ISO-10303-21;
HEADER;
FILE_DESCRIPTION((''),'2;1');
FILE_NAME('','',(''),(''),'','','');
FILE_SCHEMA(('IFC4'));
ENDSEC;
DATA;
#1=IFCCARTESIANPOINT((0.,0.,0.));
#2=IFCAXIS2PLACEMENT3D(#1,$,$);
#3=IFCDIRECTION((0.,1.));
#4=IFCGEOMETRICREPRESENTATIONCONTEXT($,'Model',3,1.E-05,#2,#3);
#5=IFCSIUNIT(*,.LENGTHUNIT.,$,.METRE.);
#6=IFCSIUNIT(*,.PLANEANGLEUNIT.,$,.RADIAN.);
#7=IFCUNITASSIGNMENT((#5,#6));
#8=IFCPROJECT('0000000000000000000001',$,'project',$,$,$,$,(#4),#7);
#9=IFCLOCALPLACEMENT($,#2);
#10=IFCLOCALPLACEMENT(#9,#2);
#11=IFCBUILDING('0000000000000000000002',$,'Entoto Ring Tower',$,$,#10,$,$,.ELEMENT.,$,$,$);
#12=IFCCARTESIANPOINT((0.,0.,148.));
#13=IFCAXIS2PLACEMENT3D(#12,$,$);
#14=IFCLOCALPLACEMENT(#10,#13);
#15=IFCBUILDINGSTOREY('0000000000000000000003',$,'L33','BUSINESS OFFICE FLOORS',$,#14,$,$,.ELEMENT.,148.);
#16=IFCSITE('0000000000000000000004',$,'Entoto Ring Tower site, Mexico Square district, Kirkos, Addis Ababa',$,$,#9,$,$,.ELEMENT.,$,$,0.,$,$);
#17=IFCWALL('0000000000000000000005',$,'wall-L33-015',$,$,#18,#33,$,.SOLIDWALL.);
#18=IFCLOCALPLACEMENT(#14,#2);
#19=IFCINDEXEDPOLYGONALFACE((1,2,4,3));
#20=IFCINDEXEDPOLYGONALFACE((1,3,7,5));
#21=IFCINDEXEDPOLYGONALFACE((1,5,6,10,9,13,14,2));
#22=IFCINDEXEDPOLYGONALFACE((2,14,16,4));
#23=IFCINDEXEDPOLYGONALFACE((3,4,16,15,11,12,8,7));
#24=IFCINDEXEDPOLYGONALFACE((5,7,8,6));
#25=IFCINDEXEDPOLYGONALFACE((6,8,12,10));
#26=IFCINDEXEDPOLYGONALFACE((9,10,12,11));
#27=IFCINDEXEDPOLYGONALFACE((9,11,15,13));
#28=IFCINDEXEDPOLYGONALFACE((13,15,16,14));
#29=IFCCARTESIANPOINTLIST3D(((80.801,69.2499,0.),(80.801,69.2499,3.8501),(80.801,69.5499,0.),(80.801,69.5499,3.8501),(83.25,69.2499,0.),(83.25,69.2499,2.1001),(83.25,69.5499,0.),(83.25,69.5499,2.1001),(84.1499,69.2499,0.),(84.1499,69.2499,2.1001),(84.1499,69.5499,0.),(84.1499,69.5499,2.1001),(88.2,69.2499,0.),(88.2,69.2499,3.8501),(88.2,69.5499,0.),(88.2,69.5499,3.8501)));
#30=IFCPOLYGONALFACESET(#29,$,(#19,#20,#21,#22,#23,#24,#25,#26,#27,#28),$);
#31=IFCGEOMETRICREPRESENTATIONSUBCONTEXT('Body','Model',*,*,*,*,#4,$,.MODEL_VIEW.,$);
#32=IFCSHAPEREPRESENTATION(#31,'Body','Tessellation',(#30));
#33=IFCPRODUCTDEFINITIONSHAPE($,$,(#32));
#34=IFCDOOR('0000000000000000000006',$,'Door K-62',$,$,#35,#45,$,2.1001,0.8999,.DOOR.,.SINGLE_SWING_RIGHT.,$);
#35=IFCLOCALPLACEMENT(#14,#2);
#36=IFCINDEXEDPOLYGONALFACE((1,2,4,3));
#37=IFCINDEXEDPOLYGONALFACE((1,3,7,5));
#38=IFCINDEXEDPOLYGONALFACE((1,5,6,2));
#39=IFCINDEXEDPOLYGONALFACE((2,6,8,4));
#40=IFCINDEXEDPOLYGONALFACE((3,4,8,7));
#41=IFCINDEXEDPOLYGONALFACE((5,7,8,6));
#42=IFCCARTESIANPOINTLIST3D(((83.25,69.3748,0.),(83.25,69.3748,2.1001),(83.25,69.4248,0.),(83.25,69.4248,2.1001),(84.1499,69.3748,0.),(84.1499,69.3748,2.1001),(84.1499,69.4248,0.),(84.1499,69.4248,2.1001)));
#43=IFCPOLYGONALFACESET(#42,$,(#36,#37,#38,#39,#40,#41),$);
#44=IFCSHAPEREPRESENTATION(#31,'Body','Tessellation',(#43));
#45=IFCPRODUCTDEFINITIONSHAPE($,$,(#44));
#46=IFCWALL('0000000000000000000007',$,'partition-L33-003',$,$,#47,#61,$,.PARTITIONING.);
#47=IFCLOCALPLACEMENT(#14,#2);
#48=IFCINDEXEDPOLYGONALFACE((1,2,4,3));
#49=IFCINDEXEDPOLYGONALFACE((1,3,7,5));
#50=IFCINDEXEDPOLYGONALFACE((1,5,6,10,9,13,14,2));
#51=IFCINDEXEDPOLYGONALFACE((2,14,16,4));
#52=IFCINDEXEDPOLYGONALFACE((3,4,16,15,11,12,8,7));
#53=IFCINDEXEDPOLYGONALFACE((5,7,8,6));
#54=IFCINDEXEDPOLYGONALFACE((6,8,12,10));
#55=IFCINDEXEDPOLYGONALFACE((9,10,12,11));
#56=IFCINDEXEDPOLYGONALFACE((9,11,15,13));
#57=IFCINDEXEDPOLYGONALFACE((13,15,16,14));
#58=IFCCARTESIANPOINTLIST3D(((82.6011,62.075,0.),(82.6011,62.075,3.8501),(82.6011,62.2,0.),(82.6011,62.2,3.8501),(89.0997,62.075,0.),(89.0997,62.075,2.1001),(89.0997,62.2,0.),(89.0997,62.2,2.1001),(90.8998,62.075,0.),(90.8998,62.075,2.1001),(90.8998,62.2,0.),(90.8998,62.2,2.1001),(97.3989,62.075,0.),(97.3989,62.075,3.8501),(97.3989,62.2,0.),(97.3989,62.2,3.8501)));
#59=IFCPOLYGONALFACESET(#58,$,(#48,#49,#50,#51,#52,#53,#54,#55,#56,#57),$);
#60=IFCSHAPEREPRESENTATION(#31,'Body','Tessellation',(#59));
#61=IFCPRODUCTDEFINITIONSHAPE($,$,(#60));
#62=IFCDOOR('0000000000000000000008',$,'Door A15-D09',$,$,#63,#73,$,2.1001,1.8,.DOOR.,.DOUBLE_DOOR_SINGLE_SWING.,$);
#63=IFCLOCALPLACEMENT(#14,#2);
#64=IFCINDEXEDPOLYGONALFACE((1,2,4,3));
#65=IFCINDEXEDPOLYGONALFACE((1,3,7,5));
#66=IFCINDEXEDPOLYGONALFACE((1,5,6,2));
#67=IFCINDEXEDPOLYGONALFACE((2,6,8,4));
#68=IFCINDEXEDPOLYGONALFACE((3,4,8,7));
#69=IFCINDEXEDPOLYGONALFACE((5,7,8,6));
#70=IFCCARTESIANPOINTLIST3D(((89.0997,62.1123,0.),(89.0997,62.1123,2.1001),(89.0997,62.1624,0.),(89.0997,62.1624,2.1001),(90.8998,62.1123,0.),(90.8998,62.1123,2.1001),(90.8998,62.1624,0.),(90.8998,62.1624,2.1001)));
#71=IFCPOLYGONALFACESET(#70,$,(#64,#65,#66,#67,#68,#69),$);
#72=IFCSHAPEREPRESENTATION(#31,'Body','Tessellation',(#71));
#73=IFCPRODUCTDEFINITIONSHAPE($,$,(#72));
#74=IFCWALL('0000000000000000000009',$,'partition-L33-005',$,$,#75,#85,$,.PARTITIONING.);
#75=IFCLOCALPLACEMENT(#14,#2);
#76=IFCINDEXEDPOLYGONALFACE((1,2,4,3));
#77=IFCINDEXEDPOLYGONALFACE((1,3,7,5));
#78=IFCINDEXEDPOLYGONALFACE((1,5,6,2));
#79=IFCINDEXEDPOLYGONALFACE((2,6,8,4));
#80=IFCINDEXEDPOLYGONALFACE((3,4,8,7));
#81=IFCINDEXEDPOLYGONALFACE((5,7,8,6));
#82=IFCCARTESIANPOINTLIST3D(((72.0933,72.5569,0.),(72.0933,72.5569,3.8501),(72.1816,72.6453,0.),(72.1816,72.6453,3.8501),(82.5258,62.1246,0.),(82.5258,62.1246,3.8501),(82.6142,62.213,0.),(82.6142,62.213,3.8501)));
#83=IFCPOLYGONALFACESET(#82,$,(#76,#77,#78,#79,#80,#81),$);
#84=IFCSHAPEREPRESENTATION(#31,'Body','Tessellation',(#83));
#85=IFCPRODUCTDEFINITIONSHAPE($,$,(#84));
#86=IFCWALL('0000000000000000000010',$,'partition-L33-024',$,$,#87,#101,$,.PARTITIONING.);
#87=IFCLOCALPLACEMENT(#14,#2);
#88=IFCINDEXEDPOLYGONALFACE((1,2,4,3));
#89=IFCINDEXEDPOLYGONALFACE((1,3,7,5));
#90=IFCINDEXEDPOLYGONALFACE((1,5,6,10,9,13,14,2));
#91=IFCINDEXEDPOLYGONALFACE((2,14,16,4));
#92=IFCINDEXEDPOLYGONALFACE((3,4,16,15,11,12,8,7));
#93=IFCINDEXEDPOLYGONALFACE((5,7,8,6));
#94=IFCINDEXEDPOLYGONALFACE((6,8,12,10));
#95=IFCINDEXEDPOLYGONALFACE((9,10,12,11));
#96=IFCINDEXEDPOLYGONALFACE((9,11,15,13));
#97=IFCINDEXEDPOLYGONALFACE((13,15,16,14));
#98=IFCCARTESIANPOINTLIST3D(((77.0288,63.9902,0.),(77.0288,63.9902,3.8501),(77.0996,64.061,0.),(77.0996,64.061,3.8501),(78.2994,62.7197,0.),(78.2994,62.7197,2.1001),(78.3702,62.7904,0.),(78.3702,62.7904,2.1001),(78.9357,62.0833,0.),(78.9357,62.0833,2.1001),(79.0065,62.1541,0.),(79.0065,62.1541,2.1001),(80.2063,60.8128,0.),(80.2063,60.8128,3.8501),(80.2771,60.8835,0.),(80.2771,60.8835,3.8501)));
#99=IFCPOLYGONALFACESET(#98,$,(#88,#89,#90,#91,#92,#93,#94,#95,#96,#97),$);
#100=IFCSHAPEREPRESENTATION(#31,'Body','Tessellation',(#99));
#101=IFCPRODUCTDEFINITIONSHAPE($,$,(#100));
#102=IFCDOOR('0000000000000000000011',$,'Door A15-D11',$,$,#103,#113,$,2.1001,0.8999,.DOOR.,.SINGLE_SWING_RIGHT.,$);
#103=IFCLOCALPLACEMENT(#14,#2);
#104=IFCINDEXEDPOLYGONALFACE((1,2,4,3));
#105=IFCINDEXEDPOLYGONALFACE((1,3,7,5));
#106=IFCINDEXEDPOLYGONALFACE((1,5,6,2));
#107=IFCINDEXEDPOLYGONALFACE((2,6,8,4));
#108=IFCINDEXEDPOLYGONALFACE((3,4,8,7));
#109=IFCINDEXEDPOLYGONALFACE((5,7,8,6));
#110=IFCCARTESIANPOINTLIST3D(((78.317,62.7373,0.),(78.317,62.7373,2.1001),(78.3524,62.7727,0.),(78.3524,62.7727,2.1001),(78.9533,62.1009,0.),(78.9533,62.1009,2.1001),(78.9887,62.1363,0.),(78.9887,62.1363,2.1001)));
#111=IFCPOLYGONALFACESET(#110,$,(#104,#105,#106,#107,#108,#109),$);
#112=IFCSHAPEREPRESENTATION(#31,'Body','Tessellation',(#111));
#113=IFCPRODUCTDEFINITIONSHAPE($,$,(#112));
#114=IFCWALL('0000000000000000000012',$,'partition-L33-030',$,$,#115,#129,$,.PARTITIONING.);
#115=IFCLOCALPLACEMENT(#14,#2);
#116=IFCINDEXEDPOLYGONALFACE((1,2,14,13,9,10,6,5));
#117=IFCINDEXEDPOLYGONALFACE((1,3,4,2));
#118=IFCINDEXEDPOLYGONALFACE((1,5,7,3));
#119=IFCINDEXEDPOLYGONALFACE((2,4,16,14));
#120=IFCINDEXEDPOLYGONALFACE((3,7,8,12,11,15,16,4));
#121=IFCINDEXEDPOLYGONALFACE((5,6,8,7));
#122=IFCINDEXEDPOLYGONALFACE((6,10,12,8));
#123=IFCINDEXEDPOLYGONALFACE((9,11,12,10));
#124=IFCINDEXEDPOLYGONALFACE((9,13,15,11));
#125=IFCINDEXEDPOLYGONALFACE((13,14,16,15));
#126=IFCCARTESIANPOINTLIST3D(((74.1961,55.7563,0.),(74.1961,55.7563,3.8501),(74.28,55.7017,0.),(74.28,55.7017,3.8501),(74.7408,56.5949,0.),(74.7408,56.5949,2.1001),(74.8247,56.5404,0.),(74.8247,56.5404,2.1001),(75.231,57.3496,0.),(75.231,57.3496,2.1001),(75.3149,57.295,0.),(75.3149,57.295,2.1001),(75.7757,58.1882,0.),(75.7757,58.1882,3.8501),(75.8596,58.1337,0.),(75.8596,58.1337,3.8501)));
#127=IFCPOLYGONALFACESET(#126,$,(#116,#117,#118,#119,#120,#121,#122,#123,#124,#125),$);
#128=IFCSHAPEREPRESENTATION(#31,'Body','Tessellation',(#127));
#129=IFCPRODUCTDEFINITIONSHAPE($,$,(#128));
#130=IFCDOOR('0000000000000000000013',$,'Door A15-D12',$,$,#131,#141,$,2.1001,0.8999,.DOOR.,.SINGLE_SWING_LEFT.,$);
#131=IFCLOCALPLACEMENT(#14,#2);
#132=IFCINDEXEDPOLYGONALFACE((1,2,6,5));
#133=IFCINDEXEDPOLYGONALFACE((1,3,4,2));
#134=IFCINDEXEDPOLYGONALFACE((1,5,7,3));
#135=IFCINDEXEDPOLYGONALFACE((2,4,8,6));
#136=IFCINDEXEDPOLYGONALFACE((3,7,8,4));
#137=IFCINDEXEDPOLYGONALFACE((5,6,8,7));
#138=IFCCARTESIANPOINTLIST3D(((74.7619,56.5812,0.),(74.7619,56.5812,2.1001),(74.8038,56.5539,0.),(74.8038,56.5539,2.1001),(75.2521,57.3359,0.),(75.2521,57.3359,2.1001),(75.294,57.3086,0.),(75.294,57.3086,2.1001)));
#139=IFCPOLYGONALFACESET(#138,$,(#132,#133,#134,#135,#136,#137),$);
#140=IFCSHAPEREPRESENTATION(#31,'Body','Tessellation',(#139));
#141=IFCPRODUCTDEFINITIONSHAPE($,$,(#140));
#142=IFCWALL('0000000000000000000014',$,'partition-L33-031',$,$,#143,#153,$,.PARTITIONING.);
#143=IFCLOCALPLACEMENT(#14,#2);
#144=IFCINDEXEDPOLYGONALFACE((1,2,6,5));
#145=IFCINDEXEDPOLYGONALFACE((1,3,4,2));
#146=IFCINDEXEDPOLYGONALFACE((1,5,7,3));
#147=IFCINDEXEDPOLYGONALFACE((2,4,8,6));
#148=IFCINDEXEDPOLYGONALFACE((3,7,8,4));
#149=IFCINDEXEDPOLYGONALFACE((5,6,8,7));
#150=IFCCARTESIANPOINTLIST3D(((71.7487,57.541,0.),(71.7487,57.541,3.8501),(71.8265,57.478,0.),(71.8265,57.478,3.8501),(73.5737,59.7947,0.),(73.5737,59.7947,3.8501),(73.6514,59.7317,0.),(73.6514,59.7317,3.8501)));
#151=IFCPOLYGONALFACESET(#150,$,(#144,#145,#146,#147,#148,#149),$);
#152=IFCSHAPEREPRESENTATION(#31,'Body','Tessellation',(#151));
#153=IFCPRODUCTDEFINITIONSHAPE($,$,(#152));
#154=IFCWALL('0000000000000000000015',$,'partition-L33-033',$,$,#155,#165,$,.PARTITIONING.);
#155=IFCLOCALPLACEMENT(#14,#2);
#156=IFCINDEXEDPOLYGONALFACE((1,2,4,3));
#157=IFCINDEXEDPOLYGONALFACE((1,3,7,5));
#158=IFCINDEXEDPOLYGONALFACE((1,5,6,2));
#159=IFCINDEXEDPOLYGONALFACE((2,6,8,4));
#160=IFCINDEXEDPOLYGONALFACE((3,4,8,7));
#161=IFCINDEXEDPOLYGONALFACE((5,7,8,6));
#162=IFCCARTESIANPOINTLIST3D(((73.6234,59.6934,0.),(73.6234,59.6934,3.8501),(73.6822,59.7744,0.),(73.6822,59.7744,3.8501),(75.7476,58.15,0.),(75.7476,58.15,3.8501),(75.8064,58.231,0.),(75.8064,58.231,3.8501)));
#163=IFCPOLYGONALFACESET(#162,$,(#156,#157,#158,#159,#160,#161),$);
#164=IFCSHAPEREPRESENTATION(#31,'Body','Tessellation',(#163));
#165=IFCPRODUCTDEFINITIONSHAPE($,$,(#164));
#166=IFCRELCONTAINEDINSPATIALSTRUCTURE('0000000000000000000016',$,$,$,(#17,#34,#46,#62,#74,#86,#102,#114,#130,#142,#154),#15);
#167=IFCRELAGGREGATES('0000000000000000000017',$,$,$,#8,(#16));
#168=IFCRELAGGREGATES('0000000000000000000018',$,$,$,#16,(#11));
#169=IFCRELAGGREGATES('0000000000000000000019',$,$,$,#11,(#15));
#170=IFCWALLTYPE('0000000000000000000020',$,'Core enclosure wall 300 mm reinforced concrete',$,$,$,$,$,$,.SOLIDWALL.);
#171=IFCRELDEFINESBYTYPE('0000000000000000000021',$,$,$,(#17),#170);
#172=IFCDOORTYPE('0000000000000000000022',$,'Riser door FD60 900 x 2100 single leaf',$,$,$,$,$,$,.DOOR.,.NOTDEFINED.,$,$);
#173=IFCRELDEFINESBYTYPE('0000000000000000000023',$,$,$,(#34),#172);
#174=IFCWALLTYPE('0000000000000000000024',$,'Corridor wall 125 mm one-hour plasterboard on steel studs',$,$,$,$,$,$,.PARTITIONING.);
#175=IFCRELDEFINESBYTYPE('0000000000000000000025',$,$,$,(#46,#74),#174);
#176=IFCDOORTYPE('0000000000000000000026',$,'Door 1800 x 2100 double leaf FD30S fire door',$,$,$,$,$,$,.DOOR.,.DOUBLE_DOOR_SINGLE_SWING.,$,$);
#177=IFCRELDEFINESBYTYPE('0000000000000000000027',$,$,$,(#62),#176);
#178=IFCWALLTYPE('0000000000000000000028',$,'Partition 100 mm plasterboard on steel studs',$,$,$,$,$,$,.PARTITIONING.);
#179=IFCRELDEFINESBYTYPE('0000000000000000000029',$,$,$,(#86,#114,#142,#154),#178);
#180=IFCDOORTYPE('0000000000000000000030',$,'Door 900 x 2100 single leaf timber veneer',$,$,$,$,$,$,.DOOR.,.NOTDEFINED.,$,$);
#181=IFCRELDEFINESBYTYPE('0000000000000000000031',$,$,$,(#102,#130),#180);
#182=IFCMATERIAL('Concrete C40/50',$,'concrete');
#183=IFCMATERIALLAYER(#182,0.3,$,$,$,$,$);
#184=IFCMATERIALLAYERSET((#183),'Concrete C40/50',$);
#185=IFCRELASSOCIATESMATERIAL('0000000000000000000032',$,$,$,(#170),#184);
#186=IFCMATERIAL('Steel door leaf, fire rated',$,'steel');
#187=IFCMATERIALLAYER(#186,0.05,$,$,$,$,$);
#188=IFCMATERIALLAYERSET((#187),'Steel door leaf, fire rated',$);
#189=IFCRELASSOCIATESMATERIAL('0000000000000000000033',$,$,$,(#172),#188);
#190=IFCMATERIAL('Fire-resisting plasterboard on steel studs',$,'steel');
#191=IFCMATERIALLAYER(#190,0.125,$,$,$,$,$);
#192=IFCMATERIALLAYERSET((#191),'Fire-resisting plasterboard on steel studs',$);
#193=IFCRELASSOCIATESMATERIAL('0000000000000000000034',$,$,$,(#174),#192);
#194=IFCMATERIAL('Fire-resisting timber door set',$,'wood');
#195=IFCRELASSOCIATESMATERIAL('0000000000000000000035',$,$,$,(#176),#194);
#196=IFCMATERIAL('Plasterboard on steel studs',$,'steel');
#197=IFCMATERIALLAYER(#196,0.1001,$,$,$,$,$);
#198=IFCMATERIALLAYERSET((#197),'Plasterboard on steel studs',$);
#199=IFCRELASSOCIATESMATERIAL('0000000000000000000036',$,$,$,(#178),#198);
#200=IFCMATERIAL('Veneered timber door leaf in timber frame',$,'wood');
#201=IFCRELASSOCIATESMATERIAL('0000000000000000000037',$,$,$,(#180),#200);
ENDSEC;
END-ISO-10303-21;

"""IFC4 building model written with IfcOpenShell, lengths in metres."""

from ifc_helpers import new_model, si_unit, direction, frame, frame_2d, origin, place, context, subcontext, project, spatial, rectangle, extrude, material, layer, layer_set, type_object, element, fill, save


model = new_model("IFC4")

# Units and contexts
model_context = context("Model", 3, precision=1e-05, world=origin(), true_north=direction((0.0, 1.0)))
body_context = subcontext(model_context, "Body", "Model", "MODEL_VIEW")
ifc_project = project(units=[si_unit("LENGTHUNIT", "METRE"), si_unit("PLANEANGLEUNIT", "RADIAN")], contexts=[model_context])

# Site, building, storey
site_placement = place(None, origin())
site = spatial("IfcSite", under=ifc_project, at=site_placement, Name="Entoto Ring Tower site, Mexico Square district, Kirkos, Addis Ababa", CompositionType="ELEMENT", RefElevation=0.0)
building_placement = place(site_placement, origin())
building = spatial("IfcBuilding", under=site, at=building_placement, Name="Entoto Ring Tower", CompositionType="ELEMENT")
storey_placement = place(building_placement, frame((0.0, 0.0, 148.0)))
storey = spatial("IfcBuildingStorey", under=building, at=storey_placement, Name="L33", Description="BUSINESS OFFICE FLOORS", CompositionType="ELEMENT", Elevation=148.0)

# Walls, openings, doors
ifc_material_1 = material(Name="Concrete C40/50", Category="concrete")
ifc_layer_1 = layer(ifc_material_1, 0.3)
ifc_layer_set_1 = layer_set([ifc_layer_1], Name="Concrete C40/50")
wall_type_1 = type_object("IfcWallType", Name="Core enclosure wall 300 mm reinforced concrete", PredefinedType="SOLIDWALL", material=ifc_layer_set_1)
wall_1_placement = place(storey_placement, frame((80.801, 69.3999, 0.0), z_axis=(0.0, 0.0, 1.0), x_axis=(1.0, 0.0, 0.0)))
wall_1 = element("IfcWall", 1, at=wall_1_placement, inside=storey, type_object=wall_type_1, Name="wall-L33-015", PredefinedType="SOLIDWALL", context=body_context, shape_type="SweptSolid", body=[
    extrude(rectangle(XDim=7.3989, YDim=0.3, at=frame_2d((3.6995, 0.0))), origin(), (0.0, 0.0, 1.0), 3.8501),
])
opening_1_placement = place(wall_1_placement, frame((2.449, 0.0, 0.0)))
opening_1 = element("IfcOpeningElement", 2, at=opening_1_placement, cuts=wall_1, PredefinedType="OPENING", context=body_context, shape_type="SweptSolid", body=[
    extrude(rectangle(XDim=0.8999, YDim=2.1001, at=frame_2d((0.45, 1.05))), frame((0.0, 0.1602, 0.0), z_axis=(0.0, -1.0, 0.0), x_axis=(1.0, 0.0, 0.0)), (0.0, 0.0, 1.0), 0.3201),
])
ifc_material_2 = material(Name="Steel door leaf, fire rated", Category="steel")
ifc_layer_2 = layer(ifc_material_2, 0.05)
ifc_layer_set_2 = layer_set([ifc_layer_2], Name="Steel door leaf, fire rated")
door_type_1 = type_object("IfcDoorType", Name="Riser door FD60 900 x 2100 single leaf", OperationType="NOTDEFINED", PredefinedType="DOOR", material=ifc_layer_set_2)
door_1_placement = place(opening_1_placement, origin())
door_1 = element("IfcDoor", 3, at=door_1_placement, inside=storey, type_object=door_type_1, Name="Door K-62", OperationType="SINGLE_SWING_RIGHT", OverallHeight=2.1001, OverallWidth=0.8999, PredefinedType="DOOR", context=body_context, shape_type="SweptSolid", body=[
    extrude(rectangle(XDim=0.8999, YDim=2.1001, at=frame_2d((0.45, 1.05))), frame((0.0, 0.0249, 0.0), z_axis=(0.0, -1.0, 0.0), x_axis=(1.0, 0.0, 0.0)), (0.0, 0.0, 1.0), 0.05),
])
fill(opening_1, door_1)
ifc_material_3 = material(Name="Fire-resisting plasterboard on steel studs", Category="steel")
ifc_layer_3 = layer(ifc_material_3, 0.125)
ifc_layer_set_3 = layer_set([ifc_layer_3], Name="Fire-resisting plasterboard on steel studs")
wall_type_2 = type_object("IfcWallType", Name="Corridor wall 125 mm one-hour plasterboard on steel studs", PredefinedType="PARTITIONING", material=ifc_layer_set_3)
wall_2_placement = place(storey_placement, frame((82.6011, 62.1375, 0.0), z_axis=(0.0, 0.0, 1.0), x_axis=(1.0, 0.0, 0.0)))
wall_2 = element("IfcWall", 4, at=wall_2_placement, inside=storey, type_object=wall_type_2, Name="partition-L33-003", PredefinedType="PARTITIONING", context=body_context, shape_type="SweptSolid", body=[
    extrude(rectangle(XDim=14.7979, YDim=0.125, at=frame_2d((7.3989, 0.0))), origin(), (0.0, 0.0, 1.0), 3.8501),
])
opening_2_placement = place(wall_2_placement, frame((6.4988, 0.0, 0.0)))
opening_2 = element("IfcOpeningElement", 5, at=opening_2_placement, cuts=wall_2, PredefinedType="OPENING", context=body_context, shape_type="SweptSolid", body=[
    extrude(rectangle(XDim=1.8, YDim=2.1001, at=frame_2d((0.8999, 1.05))), frame((0.0, 0.0725, 0.0), z_axis=(0.0, -1.0, 0.0), x_axis=(1.0, 0.0, 0.0)), (0.0, 0.0, 1.0), 0.145),
])
ifc_material_4 = material(Name="Fire-resisting timber door set", Category="wood")
door_type_2 = type_object("IfcDoorType", Name="Door 1800 x 2100 double leaf FD30S fire door", OperationType="DOUBLE_DOOR_SINGLE_SWING", PredefinedType="DOOR", material=ifc_material_4)
door_2_placement = place(opening_2_placement, origin())
door_2 = element("IfcDoor", 6, at=door_2_placement, inside=storey, type_object=door_type_2, Name="Door A15-D09", OperationType="DOUBLE_DOOR_SINGLE_SWING", OverallHeight=2.1001, OverallWidth=1.8, PredefinedType="DOOR", context=body_context, shape_type="SweptSolid", body=[
    extrude(rectangle(XDim=1.8, YDim=2.1001, at=frame_2d((0.8999, 1.05))), frame((0.0, 0.0249, 0.0), z_axis=(0.0, -1.0, 0.0), x_axis=(1.0, 0.0, 0.0)), (0.0, 0.0, 1.0), 0.05),
])
fill(opening_2, door_2)

# Wall
wall_3_placement = place(storey_placement, frame((82.5701, 62.1687, 0.0), z_axis=(0.0, 0.0, 1.0), x_axis=(-0.707115, 0.707099, 0.0)))
element("IfcWall", 7, at=wall_3_placement, inside=storey, type_object=wall_type_2, Name="partition-L33-005", PredefinedType="PARTITIONING", context=body_context, shape_type="SweptSolid", body=[
    extrude(rectangle(XDim=14.7537, YDim=0.125, at=frame_2d((7.377, 0.0))), origin(), (0.0, 0.0, 1.0), 3.8501),
])

# Walls, openings, doors
ifc_material_5 = material(Name="Plasterboard on steel studs", Category="steel")
ifc_layer_4 = layer(ifc_material_5, 0.1001)
ifc_layer_set_4 = layer_set([ifc_layer_4], Name="Plasterboard on steel studs")
wall_type_3 = type_object("IfcWallType", Name="Partition 100 mm plasterboard on steel studs", PredefinedType="PARTITIONING", material=ifc_layer_set_4)
wall_4_placement = place(storey_placement, frame((80.2417, 60.8481, 0.0), z_axis=(0.0, 0.0, 1.0), x_axis=(-0.707107, 0.707107, 0.0)))
wall_4 = element("IfcWall", 8, at=wall_4_placement, inside=storey, type_object=wall_type_3, Name="partition-L33-024", PredefinedType="PARTITIONING", context=body_context, shape_type="SweptSolid", body=[
    extrude(rectangle(XDim=4.4937, YDim=0.1001, at=frame_2d((2.2468, 0.0))), origin(), (0.0, 0.0, 1.0), 3.8501),
])
opening_3_placement = place(wall_4_placement, frame((1.7969, 0.0, 0.0)))
opening_3 = element("IfcOpeningElement", 9, at=opening_3_placement, cuts=wall_4, PredefinedType="OPENING", context=body_context, shape_type="SweptSolid", body=[
    extrude(rectangle(XDim=0.8999, YDim=2.1001, at=frame_2d((0.45, 1.05))), frame((0.0, 0.0601, 0.0), z_axis=(0.0, -1.0, 0.0), x_axis=(1.0, 0.0, 0.0)), (0.0, 0.0, 1.0), 0.1201),
])
ifc_material_6 = material(Name="Veneered timber door leaf in timber frame", Category="wood")
door_type_3 = type_object("IfcDoorType", Name="Door 900 x 2100 single leaf timber veneer", OperationType="NOTDEFINED", PredefinedType="DOOR", material=ifc_material_6)
door_3_placement = place(opening_3_placement, frame((0.8999, 0.0, 0.0), z_axis=(0.0, 0.0, 1.0), x_axis=(-1.0, 0.0, 0.0)))
door_3 = element("IfcDoor", 10, at=door_3_placement, inside=storey, type_object=door_type_3, Name="Door A15-D11", OperationType="SINGLE_SWING_RIGHT", OverallHeight=2.1001, OverallWidth=0.8999, PredefinedType="DOOR", context=body_context, shape_type="SweptSolid", body=[
    extrude(rectangle(XDim=0.8999, YDim=2.1001, at=frame_2d((0.45, 1.05))), frame((0.0, 0.0249, 0.0), z_axis=(0.0, -1.0, 0.0), x_axis=(1.0, 0.0, 0.0)), (0.0, 0.0, 1.0), 0.05),
])
fill(opening_3, door_3)
wall_5_placement = place(storey_placement, frame((74.238, 55.729, 0.0), z_axis=(0.0, 0.0, 1.0), x_axis=(0.544713, 0.838622, 0.0)))
wall_5 = element("IfcWall", 11, at=wall_5_placement, inside=storey, type_object=wall_type_3, Name="partition-L33-030", PredefinedType="PARTITIONING", context=body_context, shape_type="SweptSolid", body=[
    extrude(rectangle(XDim=2.8999, YDim=0.1001, at=frame_2d((1.45, 0.0))), origin(), (0.0, 0.0, 1.0), 3.8501),
])
opening_4_placement = place(wall_5_placement, frame((1.0, 0.0, 0.0)))
opening_4 = element("IfcOpeningElement", 12, at=opening_4_placement, cuts=wall_5, PredefinedType="OPENING", context=body_context, shape_type="SweptSolid", body=[
    extrude(rectangle(XDim=0.8999, YDim=2.1001, at=frame_2d((0.45, 1.05))), frame((0.0, 0.0601, 0.0), z_axis=(0.0, -1.0, 0.0), x_axis=(1.0, 0.0, 0.0)), (0.0, 0.0, 1.0), 0.1201),
])
door_4_placement = place(opening_4_placement, origin())
door_4 = element("IfcDoor", 13, at=door_4_placement, inside=storey, type_object=door_type_3, Name="Door A15-D12", OperationType="SINGLE_SWING_LEFT", OverallHeight=2.1001, OverallWidth=0.8999, PredefinedType="DOOR", context=body_context, shape_type="SweptSolid", body=[
    extrude(rectangle(XDim=0.8999, YDim=2.1001, at=frame_2d((0.45, 1.05))), frame((0.0, 0.0249, 0.0), z_axis=(0.0, -1.0, 0.0), x_axis=(1.0, 0.0, 0.0)), (0.0, 0.0, 1.0), 0.05),
])
fill(opening_4, door_4)

# Walls
wall_6_placement = place(storey_placement, frame((71.7876, 57.5095, 0.0), z_axis=(0.0, 0.0, 1.0), x_axis=(0.629314, 0.777151, 0.0)))
element("IfcWall", 14, at=wall_6_placement, inside=storey, type_object=wall_type_3, Name="partition-L33-031", PredefinedType="PARTITIONING", context=body_context, shape_type="SweptSolid", body=[
    extrude(rectangle(XDim=2.8999, YDim=0.1001, at=frame_2d((1.45, 0.0))), origin(), (0.0, 0.0, 1.0), 3.8501),
])
wall_7_placement = place(storey_placement, frame((75.7771, 58.1904, 0.0), z_axis=(0.0, 0.0, 1.0), x_axis=(-0.809001, 0.587807, 0.0)))
element("IfcWall", 15, at=wall_7_placement, inside=storey, type_object=wall_type_3, Name="partition-L33-033", PredefinedType="PARTITIONING", context=body_context, shape_type="SweptSolid", body=[
    extrude(rectangle(XDim=2.6257, YDim=0.1001, at=frame_2d((1.313, 0.0))), origin(), (0.0, 0.0, 1.0), 3.8501),
])

save(model, "model.ifc")
